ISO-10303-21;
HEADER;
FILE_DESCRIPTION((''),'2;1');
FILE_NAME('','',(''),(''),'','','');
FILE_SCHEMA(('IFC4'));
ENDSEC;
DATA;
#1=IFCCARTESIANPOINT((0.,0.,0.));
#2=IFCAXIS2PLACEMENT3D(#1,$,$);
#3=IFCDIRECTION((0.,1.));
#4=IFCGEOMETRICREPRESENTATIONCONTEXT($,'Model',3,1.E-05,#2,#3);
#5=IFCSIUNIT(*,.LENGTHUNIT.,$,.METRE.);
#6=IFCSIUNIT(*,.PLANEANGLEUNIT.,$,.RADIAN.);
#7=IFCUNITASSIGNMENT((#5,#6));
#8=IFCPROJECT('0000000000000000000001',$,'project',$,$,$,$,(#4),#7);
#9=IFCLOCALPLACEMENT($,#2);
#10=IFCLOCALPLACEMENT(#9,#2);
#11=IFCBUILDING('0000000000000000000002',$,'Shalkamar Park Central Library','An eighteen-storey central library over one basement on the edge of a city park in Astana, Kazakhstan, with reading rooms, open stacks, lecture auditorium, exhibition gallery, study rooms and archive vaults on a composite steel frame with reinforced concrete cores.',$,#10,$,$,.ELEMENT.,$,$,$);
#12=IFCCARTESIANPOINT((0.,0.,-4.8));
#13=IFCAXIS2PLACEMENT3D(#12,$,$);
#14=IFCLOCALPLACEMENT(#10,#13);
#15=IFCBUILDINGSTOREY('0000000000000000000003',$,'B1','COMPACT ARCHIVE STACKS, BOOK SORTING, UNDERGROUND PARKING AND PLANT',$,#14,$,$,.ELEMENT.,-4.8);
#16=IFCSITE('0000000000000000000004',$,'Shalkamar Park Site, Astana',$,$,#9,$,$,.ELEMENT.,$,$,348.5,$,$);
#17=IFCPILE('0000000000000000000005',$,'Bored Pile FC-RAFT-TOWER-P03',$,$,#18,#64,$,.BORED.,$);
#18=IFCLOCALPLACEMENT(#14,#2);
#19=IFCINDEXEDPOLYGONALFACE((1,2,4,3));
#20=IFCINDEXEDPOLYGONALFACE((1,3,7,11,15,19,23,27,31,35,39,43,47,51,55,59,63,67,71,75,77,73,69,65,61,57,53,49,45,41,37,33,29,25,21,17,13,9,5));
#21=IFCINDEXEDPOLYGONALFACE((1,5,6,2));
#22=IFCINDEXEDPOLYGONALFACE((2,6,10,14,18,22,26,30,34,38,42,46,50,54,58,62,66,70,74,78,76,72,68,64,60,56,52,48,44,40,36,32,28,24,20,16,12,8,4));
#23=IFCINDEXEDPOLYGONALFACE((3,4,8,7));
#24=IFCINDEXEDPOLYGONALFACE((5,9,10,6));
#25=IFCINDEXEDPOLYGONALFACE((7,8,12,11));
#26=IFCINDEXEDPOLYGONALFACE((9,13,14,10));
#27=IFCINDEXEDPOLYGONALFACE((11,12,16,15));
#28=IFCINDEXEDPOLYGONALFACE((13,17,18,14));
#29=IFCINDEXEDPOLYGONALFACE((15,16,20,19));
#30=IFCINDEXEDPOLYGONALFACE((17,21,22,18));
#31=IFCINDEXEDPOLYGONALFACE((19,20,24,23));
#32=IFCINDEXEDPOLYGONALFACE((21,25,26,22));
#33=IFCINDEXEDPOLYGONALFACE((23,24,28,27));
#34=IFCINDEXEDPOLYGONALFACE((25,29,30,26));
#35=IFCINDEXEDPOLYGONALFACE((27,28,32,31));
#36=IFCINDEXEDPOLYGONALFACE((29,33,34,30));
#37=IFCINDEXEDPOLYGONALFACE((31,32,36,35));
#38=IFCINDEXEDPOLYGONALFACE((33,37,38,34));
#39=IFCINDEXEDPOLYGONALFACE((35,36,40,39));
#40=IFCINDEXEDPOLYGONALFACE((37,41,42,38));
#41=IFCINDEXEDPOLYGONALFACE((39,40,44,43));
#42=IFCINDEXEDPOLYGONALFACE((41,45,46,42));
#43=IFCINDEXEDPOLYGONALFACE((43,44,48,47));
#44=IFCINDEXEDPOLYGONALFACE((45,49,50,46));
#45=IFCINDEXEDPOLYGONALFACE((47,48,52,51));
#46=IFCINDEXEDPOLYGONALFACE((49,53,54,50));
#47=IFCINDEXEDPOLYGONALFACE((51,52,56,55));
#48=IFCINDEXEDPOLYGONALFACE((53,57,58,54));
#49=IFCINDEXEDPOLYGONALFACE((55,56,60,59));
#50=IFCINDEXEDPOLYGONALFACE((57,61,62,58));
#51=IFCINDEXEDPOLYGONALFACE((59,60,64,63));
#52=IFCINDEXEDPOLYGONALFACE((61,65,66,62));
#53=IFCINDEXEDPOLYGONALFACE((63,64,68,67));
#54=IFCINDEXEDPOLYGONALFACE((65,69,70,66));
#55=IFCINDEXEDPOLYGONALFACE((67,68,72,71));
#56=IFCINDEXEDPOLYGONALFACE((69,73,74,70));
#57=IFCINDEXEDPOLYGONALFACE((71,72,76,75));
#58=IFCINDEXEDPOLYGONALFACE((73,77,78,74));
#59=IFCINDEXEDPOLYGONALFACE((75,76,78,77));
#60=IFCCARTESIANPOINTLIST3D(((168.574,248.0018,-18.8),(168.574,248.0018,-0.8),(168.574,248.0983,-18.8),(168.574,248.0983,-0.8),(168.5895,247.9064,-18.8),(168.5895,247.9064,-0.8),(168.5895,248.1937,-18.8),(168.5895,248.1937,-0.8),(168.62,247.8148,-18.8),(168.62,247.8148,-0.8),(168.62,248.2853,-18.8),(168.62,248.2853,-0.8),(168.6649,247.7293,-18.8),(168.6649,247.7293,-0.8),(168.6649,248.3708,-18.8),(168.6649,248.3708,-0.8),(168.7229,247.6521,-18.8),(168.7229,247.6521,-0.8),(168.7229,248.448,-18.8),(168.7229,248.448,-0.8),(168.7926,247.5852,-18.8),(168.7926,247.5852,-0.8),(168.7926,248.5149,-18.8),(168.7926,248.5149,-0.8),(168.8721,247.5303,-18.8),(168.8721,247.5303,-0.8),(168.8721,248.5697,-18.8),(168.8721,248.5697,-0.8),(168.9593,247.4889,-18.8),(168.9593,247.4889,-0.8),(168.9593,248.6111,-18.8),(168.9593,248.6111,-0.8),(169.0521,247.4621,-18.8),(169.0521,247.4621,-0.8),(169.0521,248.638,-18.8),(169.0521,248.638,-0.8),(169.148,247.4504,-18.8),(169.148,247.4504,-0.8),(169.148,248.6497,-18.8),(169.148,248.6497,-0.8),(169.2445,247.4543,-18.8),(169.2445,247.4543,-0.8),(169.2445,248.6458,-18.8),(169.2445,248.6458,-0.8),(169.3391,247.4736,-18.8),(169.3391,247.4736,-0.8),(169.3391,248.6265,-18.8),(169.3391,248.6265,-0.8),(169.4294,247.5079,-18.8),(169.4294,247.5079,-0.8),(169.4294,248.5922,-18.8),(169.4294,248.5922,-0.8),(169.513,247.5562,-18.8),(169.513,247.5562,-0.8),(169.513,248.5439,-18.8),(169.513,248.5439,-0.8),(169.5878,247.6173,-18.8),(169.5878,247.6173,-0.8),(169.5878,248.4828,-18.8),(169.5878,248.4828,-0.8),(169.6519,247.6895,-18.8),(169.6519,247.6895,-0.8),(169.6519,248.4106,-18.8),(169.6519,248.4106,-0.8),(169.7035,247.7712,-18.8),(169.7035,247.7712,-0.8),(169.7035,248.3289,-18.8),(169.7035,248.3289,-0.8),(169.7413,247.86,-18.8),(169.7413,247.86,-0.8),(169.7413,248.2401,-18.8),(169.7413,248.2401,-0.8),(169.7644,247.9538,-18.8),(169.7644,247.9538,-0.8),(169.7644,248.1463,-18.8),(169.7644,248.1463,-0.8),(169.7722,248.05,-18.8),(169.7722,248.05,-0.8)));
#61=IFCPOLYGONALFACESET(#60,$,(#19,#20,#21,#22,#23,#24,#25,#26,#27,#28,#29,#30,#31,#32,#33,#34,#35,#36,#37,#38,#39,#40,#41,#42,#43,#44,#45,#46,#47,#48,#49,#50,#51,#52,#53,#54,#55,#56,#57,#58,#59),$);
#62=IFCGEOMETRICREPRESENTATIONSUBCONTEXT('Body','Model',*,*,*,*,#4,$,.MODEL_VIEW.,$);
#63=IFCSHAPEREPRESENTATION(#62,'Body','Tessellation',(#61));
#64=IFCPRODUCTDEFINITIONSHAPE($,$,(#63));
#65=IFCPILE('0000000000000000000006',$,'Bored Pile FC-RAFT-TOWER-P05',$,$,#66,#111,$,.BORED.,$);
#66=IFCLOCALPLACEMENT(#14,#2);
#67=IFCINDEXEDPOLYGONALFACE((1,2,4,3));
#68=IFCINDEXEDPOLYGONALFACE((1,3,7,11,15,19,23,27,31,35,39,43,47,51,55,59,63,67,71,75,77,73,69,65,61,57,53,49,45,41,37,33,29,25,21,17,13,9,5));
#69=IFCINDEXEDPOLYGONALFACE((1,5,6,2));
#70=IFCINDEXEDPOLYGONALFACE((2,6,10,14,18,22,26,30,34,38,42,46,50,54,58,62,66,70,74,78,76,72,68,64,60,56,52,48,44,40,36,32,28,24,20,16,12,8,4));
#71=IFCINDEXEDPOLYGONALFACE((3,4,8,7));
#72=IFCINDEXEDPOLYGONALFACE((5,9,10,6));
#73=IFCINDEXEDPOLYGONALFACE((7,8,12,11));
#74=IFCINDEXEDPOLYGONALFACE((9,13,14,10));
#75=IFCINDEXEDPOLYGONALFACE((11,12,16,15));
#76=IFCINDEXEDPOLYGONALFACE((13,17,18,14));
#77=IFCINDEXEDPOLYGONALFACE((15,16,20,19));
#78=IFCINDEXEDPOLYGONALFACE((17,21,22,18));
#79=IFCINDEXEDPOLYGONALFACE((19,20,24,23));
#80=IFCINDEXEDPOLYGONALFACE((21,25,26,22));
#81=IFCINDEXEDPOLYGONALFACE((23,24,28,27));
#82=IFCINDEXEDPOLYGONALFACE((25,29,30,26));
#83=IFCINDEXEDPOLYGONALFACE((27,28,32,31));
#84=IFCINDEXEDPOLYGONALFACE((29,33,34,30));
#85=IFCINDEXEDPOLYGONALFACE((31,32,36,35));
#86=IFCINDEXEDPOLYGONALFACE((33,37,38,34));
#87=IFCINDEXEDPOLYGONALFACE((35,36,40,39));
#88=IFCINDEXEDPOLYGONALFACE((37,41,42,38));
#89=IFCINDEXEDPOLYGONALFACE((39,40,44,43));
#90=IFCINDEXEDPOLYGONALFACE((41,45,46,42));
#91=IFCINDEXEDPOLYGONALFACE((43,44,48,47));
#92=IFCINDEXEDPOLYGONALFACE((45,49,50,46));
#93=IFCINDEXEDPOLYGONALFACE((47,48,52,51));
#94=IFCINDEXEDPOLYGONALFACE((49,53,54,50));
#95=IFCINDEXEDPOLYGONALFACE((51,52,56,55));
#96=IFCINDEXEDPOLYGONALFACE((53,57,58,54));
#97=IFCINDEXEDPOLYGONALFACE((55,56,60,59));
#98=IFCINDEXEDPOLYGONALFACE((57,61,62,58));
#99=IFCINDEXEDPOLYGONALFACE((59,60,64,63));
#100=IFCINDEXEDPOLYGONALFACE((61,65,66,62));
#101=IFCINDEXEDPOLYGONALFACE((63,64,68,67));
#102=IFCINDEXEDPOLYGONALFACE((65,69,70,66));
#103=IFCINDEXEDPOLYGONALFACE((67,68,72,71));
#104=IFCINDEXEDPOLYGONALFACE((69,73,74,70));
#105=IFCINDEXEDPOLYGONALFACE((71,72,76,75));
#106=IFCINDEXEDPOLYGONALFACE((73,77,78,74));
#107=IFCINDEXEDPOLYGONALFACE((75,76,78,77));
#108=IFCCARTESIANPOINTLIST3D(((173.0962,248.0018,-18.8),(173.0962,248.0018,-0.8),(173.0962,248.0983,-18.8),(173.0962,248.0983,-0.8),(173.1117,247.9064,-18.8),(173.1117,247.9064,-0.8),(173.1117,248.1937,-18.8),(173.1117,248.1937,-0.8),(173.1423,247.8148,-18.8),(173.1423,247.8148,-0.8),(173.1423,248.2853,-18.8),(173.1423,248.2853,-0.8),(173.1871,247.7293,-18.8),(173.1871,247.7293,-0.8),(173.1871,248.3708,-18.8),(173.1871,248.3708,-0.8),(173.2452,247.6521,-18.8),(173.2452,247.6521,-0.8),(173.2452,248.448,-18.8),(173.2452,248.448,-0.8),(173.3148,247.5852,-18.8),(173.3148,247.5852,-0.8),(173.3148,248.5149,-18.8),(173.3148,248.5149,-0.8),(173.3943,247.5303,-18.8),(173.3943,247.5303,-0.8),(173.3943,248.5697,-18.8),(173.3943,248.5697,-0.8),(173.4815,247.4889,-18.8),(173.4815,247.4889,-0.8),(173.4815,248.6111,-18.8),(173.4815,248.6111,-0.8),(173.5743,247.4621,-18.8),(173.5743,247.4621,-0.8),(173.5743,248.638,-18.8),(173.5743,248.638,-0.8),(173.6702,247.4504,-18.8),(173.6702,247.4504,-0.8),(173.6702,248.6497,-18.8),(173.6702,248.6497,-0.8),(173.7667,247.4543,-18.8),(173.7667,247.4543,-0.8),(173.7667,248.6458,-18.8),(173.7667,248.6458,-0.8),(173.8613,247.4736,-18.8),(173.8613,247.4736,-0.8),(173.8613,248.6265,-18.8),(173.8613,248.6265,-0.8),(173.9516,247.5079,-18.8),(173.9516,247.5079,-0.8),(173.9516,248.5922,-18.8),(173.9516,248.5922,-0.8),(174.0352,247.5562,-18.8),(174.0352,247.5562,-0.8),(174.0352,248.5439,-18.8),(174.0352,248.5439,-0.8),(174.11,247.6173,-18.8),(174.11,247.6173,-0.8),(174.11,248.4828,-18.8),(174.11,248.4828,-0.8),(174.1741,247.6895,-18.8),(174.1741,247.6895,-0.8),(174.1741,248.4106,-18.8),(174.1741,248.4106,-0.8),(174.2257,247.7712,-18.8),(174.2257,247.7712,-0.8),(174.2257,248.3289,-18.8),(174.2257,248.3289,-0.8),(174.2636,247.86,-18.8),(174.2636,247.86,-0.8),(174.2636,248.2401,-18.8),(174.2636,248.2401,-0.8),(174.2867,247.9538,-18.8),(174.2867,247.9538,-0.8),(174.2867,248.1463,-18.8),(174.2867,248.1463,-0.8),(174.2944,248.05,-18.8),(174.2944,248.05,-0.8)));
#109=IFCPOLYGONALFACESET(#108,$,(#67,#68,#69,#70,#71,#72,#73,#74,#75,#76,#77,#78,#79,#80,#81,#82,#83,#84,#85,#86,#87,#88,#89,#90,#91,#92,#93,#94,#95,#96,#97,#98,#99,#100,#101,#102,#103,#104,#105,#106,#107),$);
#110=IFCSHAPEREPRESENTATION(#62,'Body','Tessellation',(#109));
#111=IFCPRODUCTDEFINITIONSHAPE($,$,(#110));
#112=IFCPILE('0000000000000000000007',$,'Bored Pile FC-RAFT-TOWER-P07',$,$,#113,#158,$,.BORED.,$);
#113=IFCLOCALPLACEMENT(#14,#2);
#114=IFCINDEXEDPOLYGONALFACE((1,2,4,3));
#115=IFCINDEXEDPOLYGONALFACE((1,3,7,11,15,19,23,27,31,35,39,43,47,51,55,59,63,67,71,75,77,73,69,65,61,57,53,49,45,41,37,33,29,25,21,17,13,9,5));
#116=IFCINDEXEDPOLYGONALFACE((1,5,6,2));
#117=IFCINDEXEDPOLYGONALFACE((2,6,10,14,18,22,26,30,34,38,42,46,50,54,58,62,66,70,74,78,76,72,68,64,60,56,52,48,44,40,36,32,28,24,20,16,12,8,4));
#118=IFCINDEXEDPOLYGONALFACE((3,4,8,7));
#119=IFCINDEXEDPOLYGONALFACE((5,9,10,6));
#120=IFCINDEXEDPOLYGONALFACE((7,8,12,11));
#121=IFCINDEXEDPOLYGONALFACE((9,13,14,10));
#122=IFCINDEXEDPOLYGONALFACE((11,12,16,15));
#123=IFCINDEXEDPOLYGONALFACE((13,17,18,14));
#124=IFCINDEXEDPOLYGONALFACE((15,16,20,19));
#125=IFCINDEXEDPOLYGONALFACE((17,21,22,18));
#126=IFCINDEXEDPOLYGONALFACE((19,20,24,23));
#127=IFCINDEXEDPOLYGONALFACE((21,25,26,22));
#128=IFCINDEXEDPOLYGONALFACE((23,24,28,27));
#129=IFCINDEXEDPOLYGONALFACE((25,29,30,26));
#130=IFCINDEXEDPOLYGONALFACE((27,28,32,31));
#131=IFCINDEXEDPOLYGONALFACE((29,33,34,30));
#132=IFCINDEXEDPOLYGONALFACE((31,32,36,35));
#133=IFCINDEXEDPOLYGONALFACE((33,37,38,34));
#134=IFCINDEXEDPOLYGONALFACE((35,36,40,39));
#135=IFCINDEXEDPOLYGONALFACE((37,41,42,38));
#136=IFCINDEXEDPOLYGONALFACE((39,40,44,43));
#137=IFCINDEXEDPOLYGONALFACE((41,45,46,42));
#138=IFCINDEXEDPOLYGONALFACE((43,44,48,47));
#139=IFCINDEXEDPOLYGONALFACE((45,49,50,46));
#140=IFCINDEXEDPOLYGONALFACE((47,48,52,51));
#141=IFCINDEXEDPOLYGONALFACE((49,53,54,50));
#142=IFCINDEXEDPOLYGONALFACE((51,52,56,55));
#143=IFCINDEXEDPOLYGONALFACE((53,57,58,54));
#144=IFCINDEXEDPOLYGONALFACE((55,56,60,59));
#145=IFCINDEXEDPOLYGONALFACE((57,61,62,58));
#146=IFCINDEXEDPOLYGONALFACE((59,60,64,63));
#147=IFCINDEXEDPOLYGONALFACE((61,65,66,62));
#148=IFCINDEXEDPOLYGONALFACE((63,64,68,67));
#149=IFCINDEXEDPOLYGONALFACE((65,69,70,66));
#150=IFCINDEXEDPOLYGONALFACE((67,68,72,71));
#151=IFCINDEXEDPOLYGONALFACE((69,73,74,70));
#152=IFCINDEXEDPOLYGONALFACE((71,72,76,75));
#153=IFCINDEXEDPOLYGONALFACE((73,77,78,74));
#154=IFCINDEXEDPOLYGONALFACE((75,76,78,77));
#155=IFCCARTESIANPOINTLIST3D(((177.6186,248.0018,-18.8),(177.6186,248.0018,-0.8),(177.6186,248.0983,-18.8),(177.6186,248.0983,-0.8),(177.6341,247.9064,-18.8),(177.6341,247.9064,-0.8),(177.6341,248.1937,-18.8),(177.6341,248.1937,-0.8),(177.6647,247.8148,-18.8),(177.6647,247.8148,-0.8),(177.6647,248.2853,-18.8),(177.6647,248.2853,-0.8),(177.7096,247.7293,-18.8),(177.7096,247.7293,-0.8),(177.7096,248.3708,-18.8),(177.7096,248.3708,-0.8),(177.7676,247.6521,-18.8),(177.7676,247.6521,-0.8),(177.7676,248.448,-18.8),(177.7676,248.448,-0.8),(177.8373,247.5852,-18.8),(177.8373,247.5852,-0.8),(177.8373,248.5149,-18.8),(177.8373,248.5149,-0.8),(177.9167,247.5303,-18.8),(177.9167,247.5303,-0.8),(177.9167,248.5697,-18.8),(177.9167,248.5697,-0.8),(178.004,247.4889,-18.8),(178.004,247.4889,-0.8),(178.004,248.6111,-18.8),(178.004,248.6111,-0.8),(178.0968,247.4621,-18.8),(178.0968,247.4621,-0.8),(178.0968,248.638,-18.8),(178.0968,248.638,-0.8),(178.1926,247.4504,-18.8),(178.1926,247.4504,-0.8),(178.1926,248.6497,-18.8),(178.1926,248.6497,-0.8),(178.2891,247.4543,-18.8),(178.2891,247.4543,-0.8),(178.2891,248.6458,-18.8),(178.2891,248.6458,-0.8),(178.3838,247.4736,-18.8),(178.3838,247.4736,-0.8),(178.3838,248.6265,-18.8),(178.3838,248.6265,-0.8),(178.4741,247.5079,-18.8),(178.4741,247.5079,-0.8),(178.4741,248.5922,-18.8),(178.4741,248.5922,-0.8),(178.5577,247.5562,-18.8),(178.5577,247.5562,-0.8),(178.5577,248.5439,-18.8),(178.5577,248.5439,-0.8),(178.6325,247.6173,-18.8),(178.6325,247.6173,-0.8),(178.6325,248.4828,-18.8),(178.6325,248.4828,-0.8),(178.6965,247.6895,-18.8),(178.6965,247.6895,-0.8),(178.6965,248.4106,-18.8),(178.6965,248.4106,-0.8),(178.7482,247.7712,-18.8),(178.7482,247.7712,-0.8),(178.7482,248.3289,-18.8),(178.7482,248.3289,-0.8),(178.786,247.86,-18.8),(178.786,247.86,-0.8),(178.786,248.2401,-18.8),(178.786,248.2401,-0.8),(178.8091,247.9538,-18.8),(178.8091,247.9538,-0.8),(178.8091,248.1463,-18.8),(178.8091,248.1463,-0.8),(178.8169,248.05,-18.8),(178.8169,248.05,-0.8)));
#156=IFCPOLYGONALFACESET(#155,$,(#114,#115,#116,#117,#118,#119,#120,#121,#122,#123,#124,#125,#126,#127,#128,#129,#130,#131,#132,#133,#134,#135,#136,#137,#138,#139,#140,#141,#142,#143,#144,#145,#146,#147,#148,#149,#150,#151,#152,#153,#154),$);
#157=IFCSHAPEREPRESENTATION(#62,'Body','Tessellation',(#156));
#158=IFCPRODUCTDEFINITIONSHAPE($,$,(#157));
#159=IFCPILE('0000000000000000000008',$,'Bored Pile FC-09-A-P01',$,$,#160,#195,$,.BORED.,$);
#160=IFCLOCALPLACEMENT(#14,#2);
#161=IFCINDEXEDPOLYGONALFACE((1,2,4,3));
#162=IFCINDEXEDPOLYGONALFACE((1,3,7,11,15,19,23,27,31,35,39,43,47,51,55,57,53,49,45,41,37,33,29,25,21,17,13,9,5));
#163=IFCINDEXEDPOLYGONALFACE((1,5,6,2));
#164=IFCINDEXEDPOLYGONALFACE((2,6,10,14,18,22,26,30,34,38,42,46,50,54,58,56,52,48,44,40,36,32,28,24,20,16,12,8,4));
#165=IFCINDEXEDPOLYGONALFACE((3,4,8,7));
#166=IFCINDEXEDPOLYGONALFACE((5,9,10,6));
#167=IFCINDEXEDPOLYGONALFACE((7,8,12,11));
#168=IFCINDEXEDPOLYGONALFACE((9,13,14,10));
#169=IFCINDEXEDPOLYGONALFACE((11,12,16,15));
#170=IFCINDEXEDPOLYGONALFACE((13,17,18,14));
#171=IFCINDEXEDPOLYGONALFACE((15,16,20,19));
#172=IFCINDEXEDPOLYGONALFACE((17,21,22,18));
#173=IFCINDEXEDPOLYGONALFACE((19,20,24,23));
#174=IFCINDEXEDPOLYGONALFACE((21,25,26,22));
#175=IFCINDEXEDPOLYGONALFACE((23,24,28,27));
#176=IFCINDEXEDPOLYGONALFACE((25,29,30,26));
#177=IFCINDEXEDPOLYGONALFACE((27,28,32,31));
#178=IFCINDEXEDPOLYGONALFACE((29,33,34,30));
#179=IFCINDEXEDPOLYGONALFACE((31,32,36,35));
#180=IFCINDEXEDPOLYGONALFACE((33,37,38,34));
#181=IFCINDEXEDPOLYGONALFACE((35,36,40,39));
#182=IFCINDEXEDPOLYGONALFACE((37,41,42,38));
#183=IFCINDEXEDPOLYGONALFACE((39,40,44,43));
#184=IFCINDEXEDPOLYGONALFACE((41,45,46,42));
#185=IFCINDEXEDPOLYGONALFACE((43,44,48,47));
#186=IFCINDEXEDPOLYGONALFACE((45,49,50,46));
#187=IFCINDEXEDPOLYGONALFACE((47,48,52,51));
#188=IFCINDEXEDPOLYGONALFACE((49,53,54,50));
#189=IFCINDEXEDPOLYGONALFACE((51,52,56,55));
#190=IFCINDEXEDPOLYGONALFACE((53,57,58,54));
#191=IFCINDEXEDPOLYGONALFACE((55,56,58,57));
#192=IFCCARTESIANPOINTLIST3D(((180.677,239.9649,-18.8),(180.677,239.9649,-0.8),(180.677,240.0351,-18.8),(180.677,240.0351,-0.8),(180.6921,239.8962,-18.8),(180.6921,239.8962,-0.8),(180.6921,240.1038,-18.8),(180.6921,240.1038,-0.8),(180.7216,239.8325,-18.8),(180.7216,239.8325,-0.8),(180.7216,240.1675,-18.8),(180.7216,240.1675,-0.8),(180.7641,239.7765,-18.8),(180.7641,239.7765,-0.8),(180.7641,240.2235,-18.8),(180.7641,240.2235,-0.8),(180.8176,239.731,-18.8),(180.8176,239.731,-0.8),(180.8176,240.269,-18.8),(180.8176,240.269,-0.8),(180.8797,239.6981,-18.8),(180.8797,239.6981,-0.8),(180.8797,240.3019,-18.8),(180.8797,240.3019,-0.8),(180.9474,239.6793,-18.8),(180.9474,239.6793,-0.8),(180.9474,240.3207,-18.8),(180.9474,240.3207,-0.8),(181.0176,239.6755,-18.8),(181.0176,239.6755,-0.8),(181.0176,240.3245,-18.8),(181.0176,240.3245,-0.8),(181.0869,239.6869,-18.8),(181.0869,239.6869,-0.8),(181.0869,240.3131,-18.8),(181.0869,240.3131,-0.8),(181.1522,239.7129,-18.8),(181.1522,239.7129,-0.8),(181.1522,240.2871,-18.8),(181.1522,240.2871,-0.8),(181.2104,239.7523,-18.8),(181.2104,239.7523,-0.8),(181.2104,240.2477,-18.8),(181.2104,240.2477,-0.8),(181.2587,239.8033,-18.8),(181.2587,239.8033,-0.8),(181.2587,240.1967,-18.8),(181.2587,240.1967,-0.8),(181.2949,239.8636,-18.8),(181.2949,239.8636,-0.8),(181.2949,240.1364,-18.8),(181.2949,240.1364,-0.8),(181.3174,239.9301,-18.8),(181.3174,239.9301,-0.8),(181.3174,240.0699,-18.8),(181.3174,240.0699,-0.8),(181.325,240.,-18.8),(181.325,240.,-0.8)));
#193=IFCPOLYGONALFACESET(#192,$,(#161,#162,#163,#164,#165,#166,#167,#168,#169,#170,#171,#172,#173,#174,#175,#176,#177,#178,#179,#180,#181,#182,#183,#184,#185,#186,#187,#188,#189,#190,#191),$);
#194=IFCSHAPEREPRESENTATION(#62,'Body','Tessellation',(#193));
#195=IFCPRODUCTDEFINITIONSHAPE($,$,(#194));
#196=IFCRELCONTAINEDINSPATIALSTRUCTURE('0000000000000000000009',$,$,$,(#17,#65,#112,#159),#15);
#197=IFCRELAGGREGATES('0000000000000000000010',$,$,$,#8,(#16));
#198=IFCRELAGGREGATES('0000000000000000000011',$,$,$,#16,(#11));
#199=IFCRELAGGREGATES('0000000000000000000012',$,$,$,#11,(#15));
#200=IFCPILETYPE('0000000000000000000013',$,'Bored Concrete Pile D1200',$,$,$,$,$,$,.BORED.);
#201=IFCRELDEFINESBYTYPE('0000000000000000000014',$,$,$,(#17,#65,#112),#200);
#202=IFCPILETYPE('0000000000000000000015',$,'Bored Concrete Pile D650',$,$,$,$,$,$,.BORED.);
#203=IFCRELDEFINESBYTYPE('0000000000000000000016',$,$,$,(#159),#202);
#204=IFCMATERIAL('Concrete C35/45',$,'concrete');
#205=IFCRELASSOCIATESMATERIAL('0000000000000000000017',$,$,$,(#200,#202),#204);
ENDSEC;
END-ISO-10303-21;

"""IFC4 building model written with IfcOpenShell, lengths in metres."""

from ifc_helpers import new_model, si_unit, direction, frame, origin, origin_2d, place, context, subcontext, project, spatial, circle, extrude, material, material_profile, profile_set, type_object, element, save


model = new_model("IFC4")

# Units and contexts
model_context = context("Model", 3, precision=1e-05, world=origin(), true_north=direction((0.0, 1.0)))
body_context = subcontext(model_context, "Body", "Model", "MODEL_VIEW")
ifc_project = project(units=[si_unit("LENGTHUNIT", "METRE"), si_unit("PLANEANGLEUNIT", "RADIAN")], contexts=[model_context])

# Site, building, storey
site_placement = place(None, origin())
site = spatial("IfcSite", under=ifc_project, at=site_placement, Name="Shalkamar Park Site, Astana", CompositionType="ELEMENT", RefElevation=348.5)
building_placement = place(site_placement, origin())
building = spatial("IfcBuilding", under=site, at=building_placement, Name="Shalkamar Park Central Library", Description="An eighteen-storey central library over one basement on the edge of a city park in Astana, Kazakhstan, with reading rooms, open stacks, lecture auditorium, exhibition gallery, study rooms and archive vaults on a composite steel frame with reinforced concrete cores.", CompositionType="ELEMENT")
storey_placement = place(building_placement, frame((0.0, 0.0, -4.8)))
storey = spatial("IfcBuildingStorey", under=building, at=storey_placement, Name="B1", Description="COMPACT ARCHIVE STACKS, BOOK SORTING, UNDERGROUND PARKING AND PLANT", CompositionType="ELEMENT", Elevation=-4.8)

# Piles
ifc_material_1 = material(Name="Concrete C35/45", Category="concrete")
ifc_material_profile_1 = material_profile(ifc_material_1, circle(Radius=0.6001, at=origin_2d()), Name="PILE D1200")
ifc_profile_set_1 = profile_set([ifc_material_profile_1], Name="Concrete C35/45")
pile_type_1 = type_object("IfcPileType", Name="Bored Concrete Pile D1200", PredefinedType="BORED", material=ifc_profile_set_1)
for number, where, z_axis, x_axis, name in (
    (1, (169.1721, 248.05, -0.8), (0.0, 0.0, -1.0), (1.0, 0.0, 0.0), "Bored Pile FC-RAFT-TOWER-P03"),
    (2, (173.6943, 248.05, -0.8), (0.0, 0.0, -1.0), (1.0, 0.0, 0.0), "Bored Pile FC-RAFT-TOWER-P05"),
    (3, (178.2168, 248.05, -0.8), (0.0, 0.0, -1.0), (1.0, 0.0, 0.0), "Bored Pile FC-RAFT-TOWER-P07"),
):
    element("IfcPile", number, at=place(storey_placement, frame(where, z_axis=z_axis, x_axis=x_axis)), inside=storey, type_object=pile_type_1, Name=name, PredefinedType="BORED", context=body_context, shape_type="SweptSolid", body=[
        extrude(circle(Radius=0.6001, at=origin_2d()), origin(), (0.0, 0.0, 1.0), 18.0),
    ])
ifc_material_profile_2 = material_profile(ifc_material_1, circle(Radius=0.325, at=origin_2d()), Name="PILE D650")
ifc_profile_set_2 = profile_set([ifc_material_profile_2], Name="Concrete C35/45")
pile_type_2 = type_object("IfcPileType", Name="Bored Concrete Pile D650", PredefinedType="BORED", material=ifc_profile_set_2)
pile_1_placement = place(storey_placement, frame((181.0, 240.0, -0.8), z_axis=(0.0, 0.0, -1.0), x_axis=(1.0, 0.0, 0.0)))
element("IfcPile", 4, at=pile_1_placement, inside=storey, type_object=pile_type_2, Name="Bored Pile FC-09-A-P01", PredefinedType="BORED", context=body_context, shape_type="SweptSolid", body=[
    extrude(circle(Radius=0.325, at=origin_2d()), origin(), (0.0, 0.0, 1.0), 18.0),
])

save(model, "model.ifc")
